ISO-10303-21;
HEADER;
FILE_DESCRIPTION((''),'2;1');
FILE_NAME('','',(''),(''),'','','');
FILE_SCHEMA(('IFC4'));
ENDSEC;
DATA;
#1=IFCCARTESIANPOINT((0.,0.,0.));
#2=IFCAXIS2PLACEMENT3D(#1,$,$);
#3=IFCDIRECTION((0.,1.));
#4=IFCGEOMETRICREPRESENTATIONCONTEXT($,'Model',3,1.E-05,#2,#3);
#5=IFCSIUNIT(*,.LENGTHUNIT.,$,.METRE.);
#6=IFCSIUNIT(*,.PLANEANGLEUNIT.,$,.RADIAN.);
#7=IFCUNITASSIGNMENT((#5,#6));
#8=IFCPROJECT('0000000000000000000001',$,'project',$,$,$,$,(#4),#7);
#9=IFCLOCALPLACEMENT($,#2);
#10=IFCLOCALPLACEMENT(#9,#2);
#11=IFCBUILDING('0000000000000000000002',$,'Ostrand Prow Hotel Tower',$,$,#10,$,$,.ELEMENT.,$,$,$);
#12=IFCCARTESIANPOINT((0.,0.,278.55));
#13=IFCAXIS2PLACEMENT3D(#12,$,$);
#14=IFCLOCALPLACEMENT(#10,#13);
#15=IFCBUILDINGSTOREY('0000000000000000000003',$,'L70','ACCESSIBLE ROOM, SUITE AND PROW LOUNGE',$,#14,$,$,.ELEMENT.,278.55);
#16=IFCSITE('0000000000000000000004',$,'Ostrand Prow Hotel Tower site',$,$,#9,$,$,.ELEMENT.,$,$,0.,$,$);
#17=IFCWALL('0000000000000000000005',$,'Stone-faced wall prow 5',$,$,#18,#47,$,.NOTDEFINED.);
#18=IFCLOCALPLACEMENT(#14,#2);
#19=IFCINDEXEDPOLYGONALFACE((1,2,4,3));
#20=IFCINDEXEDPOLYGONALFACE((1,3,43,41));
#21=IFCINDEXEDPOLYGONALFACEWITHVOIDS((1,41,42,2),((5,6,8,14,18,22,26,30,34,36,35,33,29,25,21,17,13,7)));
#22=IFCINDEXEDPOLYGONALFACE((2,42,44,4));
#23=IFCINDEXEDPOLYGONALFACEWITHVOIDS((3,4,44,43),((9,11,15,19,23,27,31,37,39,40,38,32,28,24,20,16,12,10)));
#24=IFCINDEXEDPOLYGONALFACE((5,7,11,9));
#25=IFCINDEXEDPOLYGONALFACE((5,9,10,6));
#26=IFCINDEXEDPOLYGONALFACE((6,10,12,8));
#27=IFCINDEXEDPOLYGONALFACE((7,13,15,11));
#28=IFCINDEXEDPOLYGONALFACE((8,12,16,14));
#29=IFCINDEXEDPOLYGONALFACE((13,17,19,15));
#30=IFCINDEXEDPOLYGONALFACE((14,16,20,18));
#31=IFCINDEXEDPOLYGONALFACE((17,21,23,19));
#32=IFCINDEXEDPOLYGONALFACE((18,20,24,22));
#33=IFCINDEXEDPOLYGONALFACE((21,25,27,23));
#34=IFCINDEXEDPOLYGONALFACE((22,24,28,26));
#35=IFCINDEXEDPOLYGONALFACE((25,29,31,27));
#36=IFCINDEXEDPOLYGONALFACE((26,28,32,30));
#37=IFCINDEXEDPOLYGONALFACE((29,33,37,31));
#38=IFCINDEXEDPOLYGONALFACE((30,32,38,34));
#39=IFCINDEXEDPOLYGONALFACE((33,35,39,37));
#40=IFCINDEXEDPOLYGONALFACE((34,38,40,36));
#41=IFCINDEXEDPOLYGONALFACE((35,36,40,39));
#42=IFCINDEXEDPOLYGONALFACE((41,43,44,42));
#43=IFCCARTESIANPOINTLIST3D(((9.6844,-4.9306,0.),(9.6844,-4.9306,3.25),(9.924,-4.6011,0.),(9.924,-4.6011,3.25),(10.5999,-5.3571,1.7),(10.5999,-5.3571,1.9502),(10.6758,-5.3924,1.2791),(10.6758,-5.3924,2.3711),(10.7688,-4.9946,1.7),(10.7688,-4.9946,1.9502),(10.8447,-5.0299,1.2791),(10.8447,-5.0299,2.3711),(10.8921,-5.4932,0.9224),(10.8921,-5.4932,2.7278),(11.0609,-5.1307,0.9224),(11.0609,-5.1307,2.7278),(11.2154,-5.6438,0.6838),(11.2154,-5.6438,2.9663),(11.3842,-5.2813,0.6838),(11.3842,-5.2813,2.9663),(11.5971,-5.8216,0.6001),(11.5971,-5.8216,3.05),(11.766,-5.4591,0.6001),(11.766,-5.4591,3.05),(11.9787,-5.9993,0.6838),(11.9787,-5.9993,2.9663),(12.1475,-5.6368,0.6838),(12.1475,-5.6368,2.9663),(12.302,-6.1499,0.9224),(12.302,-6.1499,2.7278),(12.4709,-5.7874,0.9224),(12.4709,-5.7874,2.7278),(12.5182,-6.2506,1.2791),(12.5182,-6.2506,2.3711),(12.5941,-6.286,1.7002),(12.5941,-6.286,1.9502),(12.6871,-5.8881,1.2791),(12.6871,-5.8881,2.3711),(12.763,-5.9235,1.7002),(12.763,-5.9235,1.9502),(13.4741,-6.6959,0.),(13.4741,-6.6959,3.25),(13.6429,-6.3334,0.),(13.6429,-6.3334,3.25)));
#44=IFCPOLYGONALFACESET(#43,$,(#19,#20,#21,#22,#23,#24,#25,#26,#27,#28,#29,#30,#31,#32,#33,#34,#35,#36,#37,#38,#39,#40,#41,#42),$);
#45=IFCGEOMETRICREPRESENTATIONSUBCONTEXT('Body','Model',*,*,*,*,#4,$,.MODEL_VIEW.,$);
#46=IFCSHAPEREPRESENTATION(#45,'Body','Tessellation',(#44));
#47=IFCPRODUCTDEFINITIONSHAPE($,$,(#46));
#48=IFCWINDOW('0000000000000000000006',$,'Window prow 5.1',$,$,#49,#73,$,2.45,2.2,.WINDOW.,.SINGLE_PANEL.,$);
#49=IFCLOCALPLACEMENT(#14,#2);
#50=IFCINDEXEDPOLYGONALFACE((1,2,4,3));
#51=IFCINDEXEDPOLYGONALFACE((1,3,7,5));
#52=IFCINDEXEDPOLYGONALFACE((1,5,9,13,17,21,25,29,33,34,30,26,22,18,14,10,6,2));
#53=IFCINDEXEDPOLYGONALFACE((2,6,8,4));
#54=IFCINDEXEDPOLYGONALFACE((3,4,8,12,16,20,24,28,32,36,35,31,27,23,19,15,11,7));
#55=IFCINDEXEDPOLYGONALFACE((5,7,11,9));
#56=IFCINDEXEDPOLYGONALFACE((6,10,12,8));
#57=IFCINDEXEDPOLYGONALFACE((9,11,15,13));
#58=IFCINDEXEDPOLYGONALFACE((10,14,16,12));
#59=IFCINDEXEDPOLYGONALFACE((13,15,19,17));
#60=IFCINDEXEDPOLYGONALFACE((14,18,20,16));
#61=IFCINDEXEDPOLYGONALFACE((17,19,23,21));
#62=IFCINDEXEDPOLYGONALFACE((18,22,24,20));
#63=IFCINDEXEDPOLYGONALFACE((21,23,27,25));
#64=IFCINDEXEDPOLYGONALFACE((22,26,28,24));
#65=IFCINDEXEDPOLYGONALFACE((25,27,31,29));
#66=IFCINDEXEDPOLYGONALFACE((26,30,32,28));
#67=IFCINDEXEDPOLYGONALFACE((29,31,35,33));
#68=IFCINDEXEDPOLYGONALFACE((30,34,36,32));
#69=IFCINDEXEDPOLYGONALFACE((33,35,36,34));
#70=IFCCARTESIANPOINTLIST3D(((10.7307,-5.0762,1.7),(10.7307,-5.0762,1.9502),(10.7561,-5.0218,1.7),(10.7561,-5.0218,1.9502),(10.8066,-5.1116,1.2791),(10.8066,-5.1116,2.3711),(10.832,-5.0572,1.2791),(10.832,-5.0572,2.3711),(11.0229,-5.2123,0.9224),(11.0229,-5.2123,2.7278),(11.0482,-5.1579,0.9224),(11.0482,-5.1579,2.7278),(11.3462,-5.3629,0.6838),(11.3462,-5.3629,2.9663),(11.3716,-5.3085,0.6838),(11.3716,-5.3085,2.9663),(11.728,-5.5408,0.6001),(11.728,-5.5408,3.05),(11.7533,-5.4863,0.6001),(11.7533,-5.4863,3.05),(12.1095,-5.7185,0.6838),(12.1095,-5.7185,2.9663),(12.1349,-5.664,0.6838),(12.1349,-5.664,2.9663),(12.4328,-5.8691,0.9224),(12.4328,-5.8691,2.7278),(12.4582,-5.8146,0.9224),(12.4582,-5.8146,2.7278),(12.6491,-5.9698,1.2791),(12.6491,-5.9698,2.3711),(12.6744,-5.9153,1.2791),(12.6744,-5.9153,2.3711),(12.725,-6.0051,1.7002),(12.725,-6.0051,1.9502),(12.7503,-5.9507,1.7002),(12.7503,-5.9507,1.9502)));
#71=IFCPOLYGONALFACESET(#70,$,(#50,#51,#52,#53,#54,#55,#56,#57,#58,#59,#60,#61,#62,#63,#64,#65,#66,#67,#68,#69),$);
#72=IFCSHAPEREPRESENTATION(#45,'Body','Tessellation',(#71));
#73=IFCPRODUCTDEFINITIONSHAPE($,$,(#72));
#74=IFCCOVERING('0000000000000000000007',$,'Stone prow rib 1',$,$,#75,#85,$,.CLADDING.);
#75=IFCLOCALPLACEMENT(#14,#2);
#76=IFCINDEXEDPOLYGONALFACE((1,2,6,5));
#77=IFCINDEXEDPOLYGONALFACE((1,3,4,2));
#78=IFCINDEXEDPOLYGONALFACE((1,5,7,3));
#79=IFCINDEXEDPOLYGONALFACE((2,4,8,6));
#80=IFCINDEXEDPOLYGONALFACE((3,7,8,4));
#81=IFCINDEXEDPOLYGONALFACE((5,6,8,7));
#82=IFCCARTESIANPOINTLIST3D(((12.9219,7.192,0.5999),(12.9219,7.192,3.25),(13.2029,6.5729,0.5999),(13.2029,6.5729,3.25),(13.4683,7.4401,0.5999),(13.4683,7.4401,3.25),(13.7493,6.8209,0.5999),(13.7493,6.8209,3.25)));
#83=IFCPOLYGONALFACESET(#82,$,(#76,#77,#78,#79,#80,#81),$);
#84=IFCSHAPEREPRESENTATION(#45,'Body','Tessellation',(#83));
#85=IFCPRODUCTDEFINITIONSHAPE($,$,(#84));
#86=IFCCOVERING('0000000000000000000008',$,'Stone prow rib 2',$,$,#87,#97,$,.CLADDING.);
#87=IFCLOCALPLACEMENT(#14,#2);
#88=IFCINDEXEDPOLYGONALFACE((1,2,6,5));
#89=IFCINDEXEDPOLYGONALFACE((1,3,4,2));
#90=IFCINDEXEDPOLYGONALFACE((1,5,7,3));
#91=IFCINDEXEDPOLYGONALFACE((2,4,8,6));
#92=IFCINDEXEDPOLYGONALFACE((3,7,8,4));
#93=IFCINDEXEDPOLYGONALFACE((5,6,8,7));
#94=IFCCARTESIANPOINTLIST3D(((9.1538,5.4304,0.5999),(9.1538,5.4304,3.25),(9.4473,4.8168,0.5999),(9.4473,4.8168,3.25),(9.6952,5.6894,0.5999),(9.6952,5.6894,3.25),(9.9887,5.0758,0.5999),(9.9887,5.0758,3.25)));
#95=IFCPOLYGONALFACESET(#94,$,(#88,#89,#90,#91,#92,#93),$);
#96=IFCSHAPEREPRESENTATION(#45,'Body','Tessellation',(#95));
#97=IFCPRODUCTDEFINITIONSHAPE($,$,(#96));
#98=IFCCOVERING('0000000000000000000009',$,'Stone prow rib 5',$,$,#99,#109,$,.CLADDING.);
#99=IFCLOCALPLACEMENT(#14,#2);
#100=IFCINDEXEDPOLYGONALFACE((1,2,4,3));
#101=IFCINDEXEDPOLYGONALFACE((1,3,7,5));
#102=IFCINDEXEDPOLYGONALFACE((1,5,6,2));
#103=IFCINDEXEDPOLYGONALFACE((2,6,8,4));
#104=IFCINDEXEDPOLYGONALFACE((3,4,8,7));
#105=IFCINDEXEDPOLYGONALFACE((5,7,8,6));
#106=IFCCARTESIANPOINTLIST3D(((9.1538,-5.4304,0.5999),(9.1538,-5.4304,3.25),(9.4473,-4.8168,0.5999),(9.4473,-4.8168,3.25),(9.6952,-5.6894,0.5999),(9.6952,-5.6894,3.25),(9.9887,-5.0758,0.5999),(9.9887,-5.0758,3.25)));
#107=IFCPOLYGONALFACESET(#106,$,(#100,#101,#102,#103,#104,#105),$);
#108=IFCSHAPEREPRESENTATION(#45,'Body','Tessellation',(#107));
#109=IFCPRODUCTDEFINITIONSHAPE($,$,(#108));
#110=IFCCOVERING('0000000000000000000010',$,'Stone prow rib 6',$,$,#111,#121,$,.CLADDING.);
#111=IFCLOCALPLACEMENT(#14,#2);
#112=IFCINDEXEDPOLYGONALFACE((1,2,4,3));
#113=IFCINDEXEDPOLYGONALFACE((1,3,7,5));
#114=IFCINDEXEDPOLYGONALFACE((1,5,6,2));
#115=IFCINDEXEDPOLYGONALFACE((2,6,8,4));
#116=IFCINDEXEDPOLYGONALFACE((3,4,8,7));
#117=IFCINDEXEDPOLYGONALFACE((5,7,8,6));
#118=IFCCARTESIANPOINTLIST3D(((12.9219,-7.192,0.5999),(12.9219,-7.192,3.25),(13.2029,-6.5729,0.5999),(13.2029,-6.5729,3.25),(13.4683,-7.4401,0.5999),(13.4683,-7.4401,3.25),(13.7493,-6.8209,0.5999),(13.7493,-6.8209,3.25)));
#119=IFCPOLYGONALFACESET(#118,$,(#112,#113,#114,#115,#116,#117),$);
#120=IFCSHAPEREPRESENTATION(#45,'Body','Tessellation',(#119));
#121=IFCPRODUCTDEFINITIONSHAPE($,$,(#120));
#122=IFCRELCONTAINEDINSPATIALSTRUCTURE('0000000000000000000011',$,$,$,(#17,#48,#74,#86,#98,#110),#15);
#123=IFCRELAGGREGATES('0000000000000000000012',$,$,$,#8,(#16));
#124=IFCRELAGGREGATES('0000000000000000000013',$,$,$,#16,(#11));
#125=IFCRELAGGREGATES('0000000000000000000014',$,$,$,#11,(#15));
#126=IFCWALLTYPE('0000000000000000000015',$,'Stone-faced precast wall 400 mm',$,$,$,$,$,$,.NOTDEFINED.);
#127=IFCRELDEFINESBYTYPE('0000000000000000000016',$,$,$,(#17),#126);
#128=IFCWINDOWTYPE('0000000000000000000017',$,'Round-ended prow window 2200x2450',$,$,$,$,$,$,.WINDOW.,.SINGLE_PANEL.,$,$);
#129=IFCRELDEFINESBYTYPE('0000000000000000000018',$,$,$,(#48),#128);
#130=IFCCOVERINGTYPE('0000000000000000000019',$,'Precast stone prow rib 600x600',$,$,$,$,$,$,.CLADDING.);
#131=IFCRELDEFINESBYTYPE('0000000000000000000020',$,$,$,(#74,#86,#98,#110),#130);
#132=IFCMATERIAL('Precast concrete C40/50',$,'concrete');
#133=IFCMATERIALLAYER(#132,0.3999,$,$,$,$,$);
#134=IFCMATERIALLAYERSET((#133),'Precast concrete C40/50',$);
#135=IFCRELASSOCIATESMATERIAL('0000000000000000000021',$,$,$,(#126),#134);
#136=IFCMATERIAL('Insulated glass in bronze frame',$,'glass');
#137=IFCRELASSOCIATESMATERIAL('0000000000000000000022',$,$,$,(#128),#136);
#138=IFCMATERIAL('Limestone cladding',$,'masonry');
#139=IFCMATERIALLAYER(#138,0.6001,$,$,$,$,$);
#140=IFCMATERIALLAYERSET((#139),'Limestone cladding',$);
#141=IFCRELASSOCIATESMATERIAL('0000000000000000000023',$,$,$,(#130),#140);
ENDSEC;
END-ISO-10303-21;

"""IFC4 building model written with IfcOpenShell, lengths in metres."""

from ifc_helpers import new_model, si_unit, direction, frame, frame_2d, origin, place, context, subcontext, project, spatial, polyline, rectangle, outline, extrude, material, layer, layer_set, type_object, element, fill, save


model = new_model("IFC4")

# Units and contexts
model_context = context("Model", 3, precision=1e-05, world=origin(), true_north=direction((0.0, 1.0)))
body_context = subcontext(model_context, "Body", "Model", "MODEL_VIEW")
ifc_project = project(units=[si_unit("LENGTHUNIT", "METRE"), si_unit("PLANEANGLEUNIT", "RADIAN")], contexts=[model_context])

# Site, building, storey
site_placement = place(None, origin())
site = spatial("IfcSite", under=ifc_project, at=site_placement, Name="Ostrand Prow Hotel Tower site", CompositionType="ELEMENT", RefElevation=0.0)
building_placement = place(site_placement, origin())
building = spatial("IfcBuilding", under=site, at=building_placement, Name="Ostrand Prow Hotel Tower", CompositionType="ELEMENT")
storey_placement = place(building_placement, frame((0.0, 0.0, 278.55)))
storey = spatial("IfcBuildingStorey", under=building, at=storey_placement, Name="L70", Description="ACCESSIBLE ROOM, SUITE AND PROW LOUNGE", CompositionType="ELEMENT", Elevation=278.55)

# Wall, opening, window
ifc_material_1 = material(Name="Precast concrete C40/50", Category="concrete")
ifc_layer_1 = layer(ifc_material_1, 0.3999)
ifc_layer_set_1 = layer_set([ifc_layer_1], Name="Precast concrete C40/50")
wall_type_1 = type_object("IfcWallType", Name="Stone-faced precast wall 400 mm", PredefinedType="NOTDEFINED", material=ifc_layer_set_1)
ifc_material_2 = material(Name="Insulated glass in bronze frame", Category="glass")
window_type = type_object("IfcWindowType", Name="Round-ended prow window 2200x2450", PartitioningType="SINGLE_PANEL", PredefinedType="WINDOW", material=ifc_material_2)
wall_1_placement = place(storey_placement, frame((9.8042, -4.7659, 0.0), z_axis=(0.0, 0.0, 1.0), x_axis=(0.906486, -0.422237, 0.0)))
wall_1 = element("IfcWall", 1, at=wall_1_placement, inside=storey, type_object=wall_type_1, Name="Stone-faced wall prow 5", PredefinedType="NOTDEFINED", context=body_context, shape_type="SweptSolid", body=[
    extrude(outline(polyline([(-0.0391, -0.2), (4.1416, -0.2), (4.1416, 0.2), (0.0391, 0.2), (-0.0391, -0.2)])), origin(), (0.0, 0.0, 1.0), 3.25),
])
opening_1_placement = place(wall_1_placement, frame((0.9709, 0.0, 0.6001)))
opening_1 = element("IfcOpeningElement", 2, at=opening_1_placement, cuts=wall_1, PredefinedType="OPENING", context=body_context, shape_type="SweptSolid", body=[
    extrude(outline(polyline([(0.0, 1.3501), (0.0837, 1.771), (0.3223, 2.1277), (0.679, 2.3662), (1.1001, 2.45), (1.521, 2.3662), (1.8777, 2.1277), (2.1162, 1.771), (2.2, 1.3501), (2.2, 1.1001), (2.1162, 0.679), (1.8777, 0.3223), (1.521, 0.0837), (1.1001, 0.0), (0.679, 0.0837), (0.3223, 0.3223), (0.0837, 0.679), (0.0, 1.0999), (0.0, 1.3501)])), frame((0.0, 0.21, 0.0), z_axis=(0.0, -1.0, 0.0), x_axis=(1.0, 0.0, 0.0)), (0.0, 0.0, 1.0), 0.4199),
])
window_1_placement = place(opening_1_placement, origin())
window_1 = element("IfcWindow", 3, at=window_1_placement, inside=storey, type_object=window_type, Name="Window prow 5.1", OverallHeight=2.45, OverallWidth=2.2, PartitioningType="SINGLE_PANEL", PredefinedType="WINDOW", context=body_context, shape_type="SweptSolid", body=[
    extrude(outline(polyline([(0.0, 1.3501), (0.0837, 1.771), (0.3223, 2.1277), (0.679, 2.3662), (1.1001, 2.45), (1.521, 2.3662), (1.8777, 2.1277), (2.1162, 1.771), (2.2, 1.3501), (2.2, 1.1001), (2.1162, 0.679), (1.8777, 0.3223), (1.521, 0.0837), (1.1001, 0.0), (0.679, 0.0837), (0.3223, 0.3223), (0.0837, 0.679), (0.0, 1.0999), (0.0, 1.3501)])), frame((0.0, 0.1699, 0.0), z_axis=(0.0, -1.0, 0.0), x_axis=(1.0, 0.0, 0.0)), (0.0, 0.0, 1.0), 0.0601),
])
fill(opening_1, window_1)

# Coverings
ifc_material_3 = material(Name="Limestone cladding", Category="masonry")
ifc_layer_2 = layer(ifc_material_3, 0.6001)
ifc_layer_set_2 = layer_set([ifc_layer_2], Name="Limestone cladding")
covering_type = type_object("IfcCoveringType", Name="Precast stone prow rib 600x600", PredefinedType="CLADDING", material=ifc_layer_set_2)
covering_1_placement = place(storey_placement, frame((13.4761, 6.697, 0.5999), z_axis=(0.0, 0.0, 1.0), x_axis=(-0.413289, 0.9106, 0.0)))
element("IfcCovering", 4, at=covering_1_placement, inside=storey, type_object=covering_type, Name="Stone prow rib 1", PredefinedType="CLADDING", context=body_context, shape_type="SweptSolid", body=[
    extrude(rectangle(XDim=0.6799, YDim=0.6001, at=frame_2d((0.3398, 0.0))), origin(), (0.0, 0.0, 1.0), 2.6501),
])
for number, where, z_axis, x_axis, name in (
    (5, (9.718, 4.9463, 0.5999), (0.0, 0.0, 1.0), (-0.431494, 0.902116, 0.0), "Stone prow rib 2"),
    (6, (9.718, -4.9463, 0.5999), (0.0, 0.0, 1.0), (-0.431494, -0.902116, 0.0), "Stone prow rib 5"),
):
    element("IfcCovering", number, at=place(storey_placement, frame(where, z_axis=z_axis, x_axis=x_axis)), inside=storey, type_object=covering_type, Name=name, PredefinedType="CLADDING", context=body_context, shape_type="SweptSolid", body=[
        extrude(rectangle(XDim=0.6802, YDim=0.6001, at=frame_2d((0.3401, 0.0))), origin(), (0.0, 0.0, 1.0), 2.6501),
    ])
covering_2_placement = place(storey_placement, frame((13.4761, -6.697, 0.5999), z_axis=(0.0, 0.0, 1.0), x_axis=(-0.413289, -0.9106, 0.0)))
element("IfcCovering", 7, at=covering_2_placement, inside=storey, type_object=covering_type, Name="Stone prow rib 6", PredefinedType="CLADDING", context=body_context, shape_type="SweptSolid", body=[
    extrude(rectangle(XDim=0.6799, YDim=0.6001, at=frame_2d((0.3398, 0.0))), origin(), (0.0, 0.0, 1.0), 2.6501),
])

save(model, "model.ifc")
